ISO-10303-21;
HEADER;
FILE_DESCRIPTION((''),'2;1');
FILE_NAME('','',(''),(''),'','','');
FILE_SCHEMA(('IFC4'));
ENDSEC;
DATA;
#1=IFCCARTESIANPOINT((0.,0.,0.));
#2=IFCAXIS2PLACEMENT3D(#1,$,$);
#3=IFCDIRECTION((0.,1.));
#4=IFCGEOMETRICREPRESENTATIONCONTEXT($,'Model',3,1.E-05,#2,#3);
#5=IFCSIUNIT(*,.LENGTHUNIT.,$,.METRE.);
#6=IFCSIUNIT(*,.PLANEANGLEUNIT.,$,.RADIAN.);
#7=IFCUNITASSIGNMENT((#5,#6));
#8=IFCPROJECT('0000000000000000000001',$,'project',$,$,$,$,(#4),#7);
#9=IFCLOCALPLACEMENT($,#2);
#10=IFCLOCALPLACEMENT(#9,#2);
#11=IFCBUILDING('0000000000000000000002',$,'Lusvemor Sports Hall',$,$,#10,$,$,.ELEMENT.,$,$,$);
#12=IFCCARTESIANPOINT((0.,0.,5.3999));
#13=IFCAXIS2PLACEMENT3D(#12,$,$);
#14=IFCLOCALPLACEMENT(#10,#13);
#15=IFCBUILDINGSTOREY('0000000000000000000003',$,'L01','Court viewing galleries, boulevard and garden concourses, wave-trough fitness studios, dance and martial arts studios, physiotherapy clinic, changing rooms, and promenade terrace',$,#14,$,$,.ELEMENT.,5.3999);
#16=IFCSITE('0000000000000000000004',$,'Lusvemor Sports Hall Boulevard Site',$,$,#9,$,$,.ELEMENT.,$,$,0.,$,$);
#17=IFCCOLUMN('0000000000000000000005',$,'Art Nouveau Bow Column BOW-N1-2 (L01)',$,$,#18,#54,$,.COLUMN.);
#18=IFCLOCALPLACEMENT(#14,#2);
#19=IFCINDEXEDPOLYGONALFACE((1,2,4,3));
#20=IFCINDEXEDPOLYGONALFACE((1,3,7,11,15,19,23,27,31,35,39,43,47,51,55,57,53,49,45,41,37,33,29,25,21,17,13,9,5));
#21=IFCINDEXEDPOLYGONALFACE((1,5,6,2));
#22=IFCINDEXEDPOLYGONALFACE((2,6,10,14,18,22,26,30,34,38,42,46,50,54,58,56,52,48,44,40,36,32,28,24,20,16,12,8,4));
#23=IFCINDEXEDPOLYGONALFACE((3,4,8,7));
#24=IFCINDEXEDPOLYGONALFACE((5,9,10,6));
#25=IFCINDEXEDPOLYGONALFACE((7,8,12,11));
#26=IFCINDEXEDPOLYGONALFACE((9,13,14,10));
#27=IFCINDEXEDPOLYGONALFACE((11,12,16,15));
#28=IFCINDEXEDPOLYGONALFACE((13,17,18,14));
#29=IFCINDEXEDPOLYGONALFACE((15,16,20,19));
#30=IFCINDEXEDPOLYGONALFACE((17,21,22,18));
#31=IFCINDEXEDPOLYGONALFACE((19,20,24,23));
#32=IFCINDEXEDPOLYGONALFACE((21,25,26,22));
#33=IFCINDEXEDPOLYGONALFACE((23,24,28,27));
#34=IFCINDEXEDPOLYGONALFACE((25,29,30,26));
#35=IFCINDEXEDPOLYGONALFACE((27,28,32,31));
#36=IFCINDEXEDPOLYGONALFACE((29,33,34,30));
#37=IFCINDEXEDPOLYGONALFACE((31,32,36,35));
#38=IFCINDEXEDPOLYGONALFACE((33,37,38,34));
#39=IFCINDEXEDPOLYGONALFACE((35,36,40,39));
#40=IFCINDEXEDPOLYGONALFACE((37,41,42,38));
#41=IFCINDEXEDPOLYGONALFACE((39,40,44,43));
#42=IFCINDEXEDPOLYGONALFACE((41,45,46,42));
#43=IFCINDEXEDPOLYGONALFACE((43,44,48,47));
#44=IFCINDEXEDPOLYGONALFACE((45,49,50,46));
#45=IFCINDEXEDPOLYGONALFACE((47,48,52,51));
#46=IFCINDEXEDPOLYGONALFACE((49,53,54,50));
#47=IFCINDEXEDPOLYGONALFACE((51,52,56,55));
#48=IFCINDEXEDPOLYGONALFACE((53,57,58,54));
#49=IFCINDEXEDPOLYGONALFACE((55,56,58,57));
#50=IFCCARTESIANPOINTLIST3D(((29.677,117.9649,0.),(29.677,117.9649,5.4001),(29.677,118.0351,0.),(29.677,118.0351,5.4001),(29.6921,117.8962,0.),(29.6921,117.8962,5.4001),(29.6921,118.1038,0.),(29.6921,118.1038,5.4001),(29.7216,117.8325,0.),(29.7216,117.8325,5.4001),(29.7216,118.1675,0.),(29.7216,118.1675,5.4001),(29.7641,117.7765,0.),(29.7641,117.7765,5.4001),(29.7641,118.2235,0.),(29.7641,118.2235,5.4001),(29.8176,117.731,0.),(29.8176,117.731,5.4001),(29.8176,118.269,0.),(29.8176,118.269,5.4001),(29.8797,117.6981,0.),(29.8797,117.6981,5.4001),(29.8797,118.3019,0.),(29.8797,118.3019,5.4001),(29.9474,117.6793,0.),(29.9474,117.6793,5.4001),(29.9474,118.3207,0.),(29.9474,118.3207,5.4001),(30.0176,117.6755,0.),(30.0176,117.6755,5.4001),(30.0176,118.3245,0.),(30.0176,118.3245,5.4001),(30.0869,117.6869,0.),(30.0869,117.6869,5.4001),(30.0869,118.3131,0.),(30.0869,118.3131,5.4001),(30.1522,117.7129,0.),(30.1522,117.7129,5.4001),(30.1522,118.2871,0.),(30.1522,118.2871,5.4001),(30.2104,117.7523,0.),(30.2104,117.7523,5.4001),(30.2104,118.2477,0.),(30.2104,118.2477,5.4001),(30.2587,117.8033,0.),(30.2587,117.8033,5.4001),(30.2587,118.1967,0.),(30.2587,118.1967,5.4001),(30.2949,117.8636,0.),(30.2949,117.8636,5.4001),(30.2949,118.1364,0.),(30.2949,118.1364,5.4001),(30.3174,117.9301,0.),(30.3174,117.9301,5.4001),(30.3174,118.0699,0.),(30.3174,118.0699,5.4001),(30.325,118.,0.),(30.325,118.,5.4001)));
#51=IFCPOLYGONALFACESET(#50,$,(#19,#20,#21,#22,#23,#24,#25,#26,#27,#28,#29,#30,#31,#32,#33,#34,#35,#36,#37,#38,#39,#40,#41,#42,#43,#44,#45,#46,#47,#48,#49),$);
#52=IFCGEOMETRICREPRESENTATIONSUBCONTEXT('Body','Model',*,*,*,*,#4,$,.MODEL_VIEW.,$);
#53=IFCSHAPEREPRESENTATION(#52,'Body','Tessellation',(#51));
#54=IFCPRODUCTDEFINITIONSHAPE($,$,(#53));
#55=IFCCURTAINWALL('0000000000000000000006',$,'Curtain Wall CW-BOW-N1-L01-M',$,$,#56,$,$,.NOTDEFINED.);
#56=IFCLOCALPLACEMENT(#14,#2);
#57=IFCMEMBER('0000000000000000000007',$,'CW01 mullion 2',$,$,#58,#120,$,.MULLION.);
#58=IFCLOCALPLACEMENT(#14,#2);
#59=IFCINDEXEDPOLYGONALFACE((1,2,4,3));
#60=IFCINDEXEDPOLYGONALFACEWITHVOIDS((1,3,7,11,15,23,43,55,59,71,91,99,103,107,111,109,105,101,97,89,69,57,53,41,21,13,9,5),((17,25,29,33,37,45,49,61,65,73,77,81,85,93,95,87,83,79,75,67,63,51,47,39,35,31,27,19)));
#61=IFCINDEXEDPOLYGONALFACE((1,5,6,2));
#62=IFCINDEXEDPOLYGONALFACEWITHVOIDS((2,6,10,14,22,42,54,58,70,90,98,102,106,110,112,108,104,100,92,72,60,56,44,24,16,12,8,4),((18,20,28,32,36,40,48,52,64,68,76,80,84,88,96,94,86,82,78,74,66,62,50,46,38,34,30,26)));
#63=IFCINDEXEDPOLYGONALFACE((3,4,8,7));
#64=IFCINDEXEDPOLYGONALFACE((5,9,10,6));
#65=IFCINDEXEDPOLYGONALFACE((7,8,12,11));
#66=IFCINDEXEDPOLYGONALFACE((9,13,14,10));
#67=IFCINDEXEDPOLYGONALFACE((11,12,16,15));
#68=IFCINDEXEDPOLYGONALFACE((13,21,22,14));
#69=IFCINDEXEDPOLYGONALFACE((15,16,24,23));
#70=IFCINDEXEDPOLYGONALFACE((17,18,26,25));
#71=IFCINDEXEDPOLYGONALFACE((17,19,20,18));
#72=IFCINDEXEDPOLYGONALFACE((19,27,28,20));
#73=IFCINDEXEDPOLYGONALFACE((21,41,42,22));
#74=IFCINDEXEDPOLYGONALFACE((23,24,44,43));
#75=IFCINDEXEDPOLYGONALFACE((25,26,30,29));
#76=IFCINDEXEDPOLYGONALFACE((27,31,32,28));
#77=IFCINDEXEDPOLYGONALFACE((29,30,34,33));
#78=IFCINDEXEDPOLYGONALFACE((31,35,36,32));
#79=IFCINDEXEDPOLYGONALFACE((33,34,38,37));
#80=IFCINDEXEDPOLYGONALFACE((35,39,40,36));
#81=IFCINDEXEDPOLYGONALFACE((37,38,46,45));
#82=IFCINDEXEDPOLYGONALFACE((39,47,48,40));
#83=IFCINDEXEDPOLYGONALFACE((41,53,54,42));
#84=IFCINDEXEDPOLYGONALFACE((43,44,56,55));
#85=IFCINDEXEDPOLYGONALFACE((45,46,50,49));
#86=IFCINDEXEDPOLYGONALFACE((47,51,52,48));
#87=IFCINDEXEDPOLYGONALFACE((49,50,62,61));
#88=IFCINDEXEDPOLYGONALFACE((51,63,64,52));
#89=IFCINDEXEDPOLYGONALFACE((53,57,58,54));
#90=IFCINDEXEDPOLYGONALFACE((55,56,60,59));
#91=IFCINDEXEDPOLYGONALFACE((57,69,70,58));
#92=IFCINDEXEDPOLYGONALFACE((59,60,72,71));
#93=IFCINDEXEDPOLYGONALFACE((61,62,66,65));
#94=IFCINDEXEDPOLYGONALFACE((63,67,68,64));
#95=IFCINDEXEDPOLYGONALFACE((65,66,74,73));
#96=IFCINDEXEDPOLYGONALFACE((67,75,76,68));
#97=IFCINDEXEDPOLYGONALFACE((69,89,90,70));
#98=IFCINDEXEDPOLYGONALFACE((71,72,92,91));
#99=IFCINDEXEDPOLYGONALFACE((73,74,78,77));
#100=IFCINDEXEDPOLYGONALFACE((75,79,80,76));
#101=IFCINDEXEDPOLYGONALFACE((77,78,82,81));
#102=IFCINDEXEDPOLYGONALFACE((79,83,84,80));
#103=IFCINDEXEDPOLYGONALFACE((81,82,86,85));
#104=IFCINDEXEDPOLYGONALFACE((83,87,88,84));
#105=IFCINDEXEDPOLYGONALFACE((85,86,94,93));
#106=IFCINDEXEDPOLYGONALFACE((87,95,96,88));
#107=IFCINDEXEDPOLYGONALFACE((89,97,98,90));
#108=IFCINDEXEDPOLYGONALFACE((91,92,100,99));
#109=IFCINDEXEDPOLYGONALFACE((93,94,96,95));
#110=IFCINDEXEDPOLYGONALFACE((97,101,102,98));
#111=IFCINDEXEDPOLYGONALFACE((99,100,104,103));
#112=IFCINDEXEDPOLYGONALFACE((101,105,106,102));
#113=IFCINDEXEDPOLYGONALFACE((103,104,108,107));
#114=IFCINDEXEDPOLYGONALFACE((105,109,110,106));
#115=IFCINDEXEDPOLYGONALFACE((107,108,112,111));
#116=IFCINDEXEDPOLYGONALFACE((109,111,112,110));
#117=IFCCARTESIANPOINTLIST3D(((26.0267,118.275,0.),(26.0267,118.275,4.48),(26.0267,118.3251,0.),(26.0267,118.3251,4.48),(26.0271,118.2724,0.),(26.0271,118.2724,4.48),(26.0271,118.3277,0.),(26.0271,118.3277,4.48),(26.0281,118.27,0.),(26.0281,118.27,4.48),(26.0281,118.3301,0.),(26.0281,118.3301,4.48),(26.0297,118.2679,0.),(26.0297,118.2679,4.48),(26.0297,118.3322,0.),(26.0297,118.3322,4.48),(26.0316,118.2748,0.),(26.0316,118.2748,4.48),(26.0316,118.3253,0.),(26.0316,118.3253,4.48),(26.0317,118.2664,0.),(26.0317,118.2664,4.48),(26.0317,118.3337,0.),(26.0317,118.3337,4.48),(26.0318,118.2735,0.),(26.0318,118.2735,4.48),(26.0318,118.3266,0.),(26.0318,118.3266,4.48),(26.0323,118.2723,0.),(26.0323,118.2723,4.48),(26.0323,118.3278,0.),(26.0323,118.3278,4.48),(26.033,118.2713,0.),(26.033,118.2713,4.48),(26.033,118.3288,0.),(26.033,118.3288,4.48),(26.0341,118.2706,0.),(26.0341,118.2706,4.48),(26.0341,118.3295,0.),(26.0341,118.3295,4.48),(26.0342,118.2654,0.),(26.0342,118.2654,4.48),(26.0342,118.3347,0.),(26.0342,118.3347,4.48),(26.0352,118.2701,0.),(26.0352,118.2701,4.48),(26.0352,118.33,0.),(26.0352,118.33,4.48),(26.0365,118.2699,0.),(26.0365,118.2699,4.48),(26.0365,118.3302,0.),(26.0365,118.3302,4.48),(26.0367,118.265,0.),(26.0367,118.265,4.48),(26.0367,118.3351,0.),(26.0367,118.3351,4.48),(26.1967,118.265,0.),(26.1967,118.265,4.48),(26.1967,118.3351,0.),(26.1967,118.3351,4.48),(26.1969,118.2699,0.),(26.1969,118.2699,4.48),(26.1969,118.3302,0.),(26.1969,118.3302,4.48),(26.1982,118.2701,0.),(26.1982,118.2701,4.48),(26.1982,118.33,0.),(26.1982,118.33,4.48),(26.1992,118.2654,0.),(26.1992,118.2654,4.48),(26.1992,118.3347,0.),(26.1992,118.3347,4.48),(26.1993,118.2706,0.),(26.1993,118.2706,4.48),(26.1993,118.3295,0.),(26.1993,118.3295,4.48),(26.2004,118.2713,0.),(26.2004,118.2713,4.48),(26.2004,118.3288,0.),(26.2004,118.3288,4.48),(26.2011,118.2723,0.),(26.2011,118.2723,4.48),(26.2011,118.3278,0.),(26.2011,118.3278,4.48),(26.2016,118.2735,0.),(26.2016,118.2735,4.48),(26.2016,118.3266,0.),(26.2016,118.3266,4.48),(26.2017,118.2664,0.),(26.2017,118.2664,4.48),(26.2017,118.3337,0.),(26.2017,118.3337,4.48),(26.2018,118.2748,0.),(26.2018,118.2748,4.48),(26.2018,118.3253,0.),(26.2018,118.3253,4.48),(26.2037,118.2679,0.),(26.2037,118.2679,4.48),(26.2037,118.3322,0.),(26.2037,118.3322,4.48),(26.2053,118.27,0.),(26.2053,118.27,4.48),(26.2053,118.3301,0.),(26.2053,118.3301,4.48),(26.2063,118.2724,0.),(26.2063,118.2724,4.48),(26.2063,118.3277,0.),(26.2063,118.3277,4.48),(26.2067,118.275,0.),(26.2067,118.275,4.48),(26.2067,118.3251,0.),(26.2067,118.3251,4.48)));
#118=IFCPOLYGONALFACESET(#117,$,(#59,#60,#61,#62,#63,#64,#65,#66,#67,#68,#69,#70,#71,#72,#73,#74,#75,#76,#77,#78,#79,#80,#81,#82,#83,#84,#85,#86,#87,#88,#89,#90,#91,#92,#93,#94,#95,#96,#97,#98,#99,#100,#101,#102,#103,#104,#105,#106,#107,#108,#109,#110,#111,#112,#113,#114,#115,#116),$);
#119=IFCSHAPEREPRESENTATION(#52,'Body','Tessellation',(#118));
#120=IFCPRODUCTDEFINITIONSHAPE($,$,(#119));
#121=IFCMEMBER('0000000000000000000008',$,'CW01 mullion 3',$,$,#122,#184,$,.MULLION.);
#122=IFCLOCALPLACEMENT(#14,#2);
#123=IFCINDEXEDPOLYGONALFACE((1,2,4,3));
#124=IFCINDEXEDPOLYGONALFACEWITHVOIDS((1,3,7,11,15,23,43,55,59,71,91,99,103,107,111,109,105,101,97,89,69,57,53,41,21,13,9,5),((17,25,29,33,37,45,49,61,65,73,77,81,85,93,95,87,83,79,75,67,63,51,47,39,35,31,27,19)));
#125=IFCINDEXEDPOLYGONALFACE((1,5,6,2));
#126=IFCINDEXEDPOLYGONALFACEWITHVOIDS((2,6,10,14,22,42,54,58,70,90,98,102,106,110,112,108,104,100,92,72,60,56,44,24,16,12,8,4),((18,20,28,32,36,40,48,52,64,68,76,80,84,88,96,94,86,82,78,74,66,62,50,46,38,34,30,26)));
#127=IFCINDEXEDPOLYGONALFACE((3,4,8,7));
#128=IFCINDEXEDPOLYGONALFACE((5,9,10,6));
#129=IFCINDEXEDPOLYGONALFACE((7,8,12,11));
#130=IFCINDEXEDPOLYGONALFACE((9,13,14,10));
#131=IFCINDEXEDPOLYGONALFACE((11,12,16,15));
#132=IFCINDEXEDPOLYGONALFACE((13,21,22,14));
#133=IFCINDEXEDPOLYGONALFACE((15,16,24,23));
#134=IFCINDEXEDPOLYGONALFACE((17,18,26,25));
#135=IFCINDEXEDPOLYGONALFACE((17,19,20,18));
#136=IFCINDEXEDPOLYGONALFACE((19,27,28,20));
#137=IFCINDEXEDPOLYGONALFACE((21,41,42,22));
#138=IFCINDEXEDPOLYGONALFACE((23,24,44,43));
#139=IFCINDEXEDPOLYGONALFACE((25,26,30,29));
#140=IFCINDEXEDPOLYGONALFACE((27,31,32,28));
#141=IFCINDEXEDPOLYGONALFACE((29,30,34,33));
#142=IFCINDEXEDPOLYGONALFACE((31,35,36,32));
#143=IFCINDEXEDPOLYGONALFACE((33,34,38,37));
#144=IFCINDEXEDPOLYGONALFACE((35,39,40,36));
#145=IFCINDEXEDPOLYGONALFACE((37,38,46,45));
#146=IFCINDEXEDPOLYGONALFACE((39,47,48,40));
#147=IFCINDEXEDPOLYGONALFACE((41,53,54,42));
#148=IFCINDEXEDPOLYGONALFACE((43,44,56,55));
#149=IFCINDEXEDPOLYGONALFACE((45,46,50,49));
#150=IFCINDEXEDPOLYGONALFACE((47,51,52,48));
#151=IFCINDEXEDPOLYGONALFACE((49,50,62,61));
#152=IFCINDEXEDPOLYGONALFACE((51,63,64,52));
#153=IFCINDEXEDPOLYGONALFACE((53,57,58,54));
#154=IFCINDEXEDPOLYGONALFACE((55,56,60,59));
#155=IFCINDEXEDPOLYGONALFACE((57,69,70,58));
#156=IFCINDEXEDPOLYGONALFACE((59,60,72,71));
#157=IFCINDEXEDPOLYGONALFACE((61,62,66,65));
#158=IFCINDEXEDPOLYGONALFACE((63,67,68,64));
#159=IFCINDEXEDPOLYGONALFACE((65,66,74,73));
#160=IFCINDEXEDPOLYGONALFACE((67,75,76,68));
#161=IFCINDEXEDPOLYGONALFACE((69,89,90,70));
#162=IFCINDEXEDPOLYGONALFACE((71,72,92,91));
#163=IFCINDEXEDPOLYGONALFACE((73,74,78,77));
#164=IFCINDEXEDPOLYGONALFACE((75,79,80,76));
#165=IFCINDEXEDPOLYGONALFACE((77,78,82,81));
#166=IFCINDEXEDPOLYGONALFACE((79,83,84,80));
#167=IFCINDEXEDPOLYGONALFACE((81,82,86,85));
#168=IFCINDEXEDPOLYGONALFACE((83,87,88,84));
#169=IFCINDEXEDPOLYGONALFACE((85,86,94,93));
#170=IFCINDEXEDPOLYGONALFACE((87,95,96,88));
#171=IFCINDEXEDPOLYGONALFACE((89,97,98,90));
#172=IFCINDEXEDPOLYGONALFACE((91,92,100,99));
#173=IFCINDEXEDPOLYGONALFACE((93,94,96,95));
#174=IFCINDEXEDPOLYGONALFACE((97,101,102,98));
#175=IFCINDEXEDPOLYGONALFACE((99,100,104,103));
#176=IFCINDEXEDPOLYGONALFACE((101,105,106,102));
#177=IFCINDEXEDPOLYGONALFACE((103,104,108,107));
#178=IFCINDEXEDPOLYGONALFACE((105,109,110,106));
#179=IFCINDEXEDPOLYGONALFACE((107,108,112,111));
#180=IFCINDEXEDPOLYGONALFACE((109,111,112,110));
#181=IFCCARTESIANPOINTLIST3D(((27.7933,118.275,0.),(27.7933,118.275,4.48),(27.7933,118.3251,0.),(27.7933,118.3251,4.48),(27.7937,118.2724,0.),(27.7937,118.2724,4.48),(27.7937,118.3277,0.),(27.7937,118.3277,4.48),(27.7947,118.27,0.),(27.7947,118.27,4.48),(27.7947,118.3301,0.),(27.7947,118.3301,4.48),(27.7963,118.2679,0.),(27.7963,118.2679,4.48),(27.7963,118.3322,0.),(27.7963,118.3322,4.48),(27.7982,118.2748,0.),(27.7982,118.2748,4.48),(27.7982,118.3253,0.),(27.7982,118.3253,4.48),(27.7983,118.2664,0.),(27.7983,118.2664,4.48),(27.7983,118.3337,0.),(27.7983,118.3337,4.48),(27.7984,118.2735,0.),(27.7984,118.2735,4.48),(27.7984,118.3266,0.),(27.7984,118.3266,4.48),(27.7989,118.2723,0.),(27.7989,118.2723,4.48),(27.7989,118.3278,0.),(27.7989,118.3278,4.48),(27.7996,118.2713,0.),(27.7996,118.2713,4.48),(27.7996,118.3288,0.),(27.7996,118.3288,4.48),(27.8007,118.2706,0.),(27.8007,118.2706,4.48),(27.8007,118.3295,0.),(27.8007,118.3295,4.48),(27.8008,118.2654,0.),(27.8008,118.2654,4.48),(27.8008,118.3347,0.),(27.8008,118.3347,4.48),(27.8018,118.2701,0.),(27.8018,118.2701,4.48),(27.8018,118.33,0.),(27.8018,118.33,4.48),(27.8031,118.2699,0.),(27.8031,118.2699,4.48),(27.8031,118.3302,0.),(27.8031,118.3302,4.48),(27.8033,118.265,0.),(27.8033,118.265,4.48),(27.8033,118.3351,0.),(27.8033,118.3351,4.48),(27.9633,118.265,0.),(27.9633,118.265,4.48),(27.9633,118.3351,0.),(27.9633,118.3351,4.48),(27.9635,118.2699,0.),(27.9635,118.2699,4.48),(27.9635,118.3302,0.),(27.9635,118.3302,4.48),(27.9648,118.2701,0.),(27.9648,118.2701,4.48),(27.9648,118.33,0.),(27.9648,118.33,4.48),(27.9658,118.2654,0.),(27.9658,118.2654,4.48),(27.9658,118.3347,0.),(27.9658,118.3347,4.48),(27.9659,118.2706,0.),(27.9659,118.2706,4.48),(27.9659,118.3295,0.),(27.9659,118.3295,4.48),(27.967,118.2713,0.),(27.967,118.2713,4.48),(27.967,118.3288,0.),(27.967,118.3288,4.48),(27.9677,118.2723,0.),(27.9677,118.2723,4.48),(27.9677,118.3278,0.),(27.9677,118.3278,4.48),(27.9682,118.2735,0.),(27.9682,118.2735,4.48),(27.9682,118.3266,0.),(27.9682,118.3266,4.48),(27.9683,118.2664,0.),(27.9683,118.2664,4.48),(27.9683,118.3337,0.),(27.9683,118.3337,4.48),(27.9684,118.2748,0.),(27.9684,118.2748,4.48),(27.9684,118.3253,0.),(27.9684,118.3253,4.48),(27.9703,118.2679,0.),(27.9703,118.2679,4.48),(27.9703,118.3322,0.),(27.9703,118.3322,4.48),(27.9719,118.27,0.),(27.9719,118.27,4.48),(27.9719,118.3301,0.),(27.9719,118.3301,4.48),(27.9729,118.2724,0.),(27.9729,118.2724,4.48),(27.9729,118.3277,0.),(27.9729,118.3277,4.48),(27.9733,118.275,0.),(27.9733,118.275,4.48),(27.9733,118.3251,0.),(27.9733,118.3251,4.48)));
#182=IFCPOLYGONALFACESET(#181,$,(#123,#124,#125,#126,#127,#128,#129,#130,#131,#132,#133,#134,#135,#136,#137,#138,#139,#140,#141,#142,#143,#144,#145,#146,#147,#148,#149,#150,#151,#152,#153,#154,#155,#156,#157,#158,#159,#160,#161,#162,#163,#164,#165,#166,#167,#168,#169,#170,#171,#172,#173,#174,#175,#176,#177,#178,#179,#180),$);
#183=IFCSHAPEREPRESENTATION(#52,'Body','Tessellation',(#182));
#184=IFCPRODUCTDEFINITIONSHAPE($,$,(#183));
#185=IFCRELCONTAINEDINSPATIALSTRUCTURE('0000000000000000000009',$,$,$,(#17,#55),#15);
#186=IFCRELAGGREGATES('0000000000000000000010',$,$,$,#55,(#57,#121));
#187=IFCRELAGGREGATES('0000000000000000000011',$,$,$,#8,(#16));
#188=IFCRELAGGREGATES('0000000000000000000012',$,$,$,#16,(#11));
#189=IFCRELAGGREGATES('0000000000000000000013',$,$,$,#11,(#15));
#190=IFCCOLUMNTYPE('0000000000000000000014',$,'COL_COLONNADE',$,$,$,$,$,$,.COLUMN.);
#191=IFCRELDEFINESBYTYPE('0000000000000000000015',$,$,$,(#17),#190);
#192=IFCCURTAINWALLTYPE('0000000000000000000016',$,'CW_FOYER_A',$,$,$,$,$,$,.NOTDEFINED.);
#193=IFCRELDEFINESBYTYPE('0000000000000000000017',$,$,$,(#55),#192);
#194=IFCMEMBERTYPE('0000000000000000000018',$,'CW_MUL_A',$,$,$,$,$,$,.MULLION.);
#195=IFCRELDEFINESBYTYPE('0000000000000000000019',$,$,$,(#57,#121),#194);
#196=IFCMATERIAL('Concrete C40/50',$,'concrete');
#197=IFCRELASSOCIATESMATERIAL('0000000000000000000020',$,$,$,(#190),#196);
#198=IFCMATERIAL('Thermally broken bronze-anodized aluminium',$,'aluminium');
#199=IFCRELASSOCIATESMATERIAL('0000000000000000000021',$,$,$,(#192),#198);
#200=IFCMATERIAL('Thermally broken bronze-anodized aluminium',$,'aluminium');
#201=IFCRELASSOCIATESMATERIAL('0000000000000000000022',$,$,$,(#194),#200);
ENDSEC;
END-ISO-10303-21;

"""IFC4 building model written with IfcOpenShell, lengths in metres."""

from ifc_helpers import new_model, si_unit, direction, frame, origin, origin_2d, place, context, subcontext, project, spatial, hollow_rectangle, circle, extrude, material, material_profile, profile_set, type_object, element, aggregate, save


model = new_model("IFC4")

# Units and contexts
model_context = context("Model", 3, precision=1e-05, world=origin(), true_north=direction((0.0, 1.0)))
body_context = subcontext(model_context, "Body", "Model", "MODEL_VIEW")
ifc_project = project(units=[si_unit("LENGTHUNIT", "METRE"), si_unit("PLANEANGLEUNIT", "RADIAN")], contexts=[model_context])

# Site, building, storey
site_placement = place(None, origin())
site = spatial("IfcSite", under=ifc_project, at=site_placement, Name="Lusvemor Sports Hall Boulevard Site", CompositionType="ELEMENT", RefElevation=0.0)
building_placement = place(site_placement, origin())
building = spatial("IfcBuilding", under=site, at=building_placement, Name="Lusvemor Sports Hall", CompositionType="ELEMENT")
storey_placement = place(building_placement, frame((0.0, 0.0, 5.3999)))
storey = spatial("IfcBuildingStorey", under=building, at=storey_placement, Name="L01", Description="Court viewing galleries, boulevard and garden concourses, wave-trough fitness studios, dance and martial arts studios, physiotherapy clinic, changing rooms, and promenade terrace", CompositionType="ELEMENT", Elevation=5.3999)

# Column
ifc_material_1 = material(Name="Concrete C40/50", Category="concrete")
ifc_material_profile_1 = material_profile(ifc_material_1, circle(Radius=0.325, at=origin_2d()), Name="RCCIRC650")
ifc_profile_set_1 = profile_set([ifc_material_profile_1], Name="Concrete C40/50")
column_type = type_object("IfcColumnType", Name="COL_COLONNADE", PredefinedType="COLUMN", material=ifc_profile_set_1)
column_placement = place(storey_placement, frame((30.0, 118.0, 0.0), z_axis=(0.0, 0.0, 1.0), x_axis=(1.0, 0.0, 0.0)))
element("IfcColumn", 1, at=column_placement, inside=storey, type_object=column_type, Name="Art Nouveau Bow Column BOW-N1-2 (L01)", PredefinedType="COLUMN", context=body_context, shape_type="SweptSolid", body=[
    extrude(circle(Radius=0.325, at=origin_2d()), origin(), (0.0, 0.0, 1.0), 5.4001),
])

# Curtain wall, members
ifc_material_2 = material(Name="Thermally broken bronze-anodized aluminium", Category="aluminium")
curtain_wall_type_1 = type_object("IfcCurtainWallType", Name="CW_FOYER_A", PredefinedType="NOTDEFINED", material=ifc_material_2)
curtain_wall_1_placement = place(storey_placement, origin())
curtain_wall_1 = element("IfcCurtainWall", 2, at=curtain_wall_1_placement, inside=storey, type_object=curtain_wall_type_1, Name="Curtain Wall CW-BOW-N1-L01-M", PredefinedType="NOTDEFINED")
ifc_material_3 = material(Name="Thermally broken bronze-anodized aluminium", Category="aluminium")
ifc_material_profile_2 = material_profile(ifc_material_3, hollow_rectangle(XDim=0.0701, YDim=0.1799, WallThickness=0.0049, InnerFilletRadius=0.0049, OuterFilletRadius=0.01, at=origin_2d()), Name="CWMUL180x70x5")
ifc_profile_set_2 = profile_set([ifc_material_profile_2], Name="Thermally broken bronze-anodized aluminium")
member_type_1 = type_object("IfcMemberType", Name="CW_MUL_A", PredefinedType="MULLION", material=ifc_profile_set_2)
member_1_placement = place(storey_placement, frame((26.1167, 118.3, 0.0), z_axis=(0.0, 0.0, 1.0), x_axis=(0.0, 1.0, 0.0)))
member_1 = element("IfcMember", 3, at=member_1_placement, type_object=member_type_1, Name="CW01 mullion 2", PredefinedType="MULLION", context=body_context, shape_type="SweptSolid", body=[
    extrude(hollow_rectangle(XDim=0.0701, YDim=0.1799, WallThickness=0.0049, InnerFilletRadius=0.0049, OuterFilletRadius=0.01, at=origin_2d()), origin(), (0.0, 0.0, 1.0), 4.48),
])
member_2_placement = place(storey_placement, frame((27.8833, 118.3, 0.0), z_axis=(0.0, 0.0, 1.0), x_axis=(0.0, 1.0, 0.0)))
member_2 = element("IfcMember", 4, at=member_2_placement, type_object=member_type_1, Name="CW01 mullion 3", PredefinedType="MULLION", context=body_context, shape_type="SweptSolid", body=[
    extrude(hollow_rectangle(XDim=0.0701, YDim=0.1799, WallThickness=0.0049, InnerFilletRadius=0.0049, OuterFilletRadius=0.01, at=origin_2d()), origin(), (0.0, 0.0, 1.0), 4.48),
])

aggregate(curtain_wall_1, [member_1, member_2])

save(model, "model.ifc")
